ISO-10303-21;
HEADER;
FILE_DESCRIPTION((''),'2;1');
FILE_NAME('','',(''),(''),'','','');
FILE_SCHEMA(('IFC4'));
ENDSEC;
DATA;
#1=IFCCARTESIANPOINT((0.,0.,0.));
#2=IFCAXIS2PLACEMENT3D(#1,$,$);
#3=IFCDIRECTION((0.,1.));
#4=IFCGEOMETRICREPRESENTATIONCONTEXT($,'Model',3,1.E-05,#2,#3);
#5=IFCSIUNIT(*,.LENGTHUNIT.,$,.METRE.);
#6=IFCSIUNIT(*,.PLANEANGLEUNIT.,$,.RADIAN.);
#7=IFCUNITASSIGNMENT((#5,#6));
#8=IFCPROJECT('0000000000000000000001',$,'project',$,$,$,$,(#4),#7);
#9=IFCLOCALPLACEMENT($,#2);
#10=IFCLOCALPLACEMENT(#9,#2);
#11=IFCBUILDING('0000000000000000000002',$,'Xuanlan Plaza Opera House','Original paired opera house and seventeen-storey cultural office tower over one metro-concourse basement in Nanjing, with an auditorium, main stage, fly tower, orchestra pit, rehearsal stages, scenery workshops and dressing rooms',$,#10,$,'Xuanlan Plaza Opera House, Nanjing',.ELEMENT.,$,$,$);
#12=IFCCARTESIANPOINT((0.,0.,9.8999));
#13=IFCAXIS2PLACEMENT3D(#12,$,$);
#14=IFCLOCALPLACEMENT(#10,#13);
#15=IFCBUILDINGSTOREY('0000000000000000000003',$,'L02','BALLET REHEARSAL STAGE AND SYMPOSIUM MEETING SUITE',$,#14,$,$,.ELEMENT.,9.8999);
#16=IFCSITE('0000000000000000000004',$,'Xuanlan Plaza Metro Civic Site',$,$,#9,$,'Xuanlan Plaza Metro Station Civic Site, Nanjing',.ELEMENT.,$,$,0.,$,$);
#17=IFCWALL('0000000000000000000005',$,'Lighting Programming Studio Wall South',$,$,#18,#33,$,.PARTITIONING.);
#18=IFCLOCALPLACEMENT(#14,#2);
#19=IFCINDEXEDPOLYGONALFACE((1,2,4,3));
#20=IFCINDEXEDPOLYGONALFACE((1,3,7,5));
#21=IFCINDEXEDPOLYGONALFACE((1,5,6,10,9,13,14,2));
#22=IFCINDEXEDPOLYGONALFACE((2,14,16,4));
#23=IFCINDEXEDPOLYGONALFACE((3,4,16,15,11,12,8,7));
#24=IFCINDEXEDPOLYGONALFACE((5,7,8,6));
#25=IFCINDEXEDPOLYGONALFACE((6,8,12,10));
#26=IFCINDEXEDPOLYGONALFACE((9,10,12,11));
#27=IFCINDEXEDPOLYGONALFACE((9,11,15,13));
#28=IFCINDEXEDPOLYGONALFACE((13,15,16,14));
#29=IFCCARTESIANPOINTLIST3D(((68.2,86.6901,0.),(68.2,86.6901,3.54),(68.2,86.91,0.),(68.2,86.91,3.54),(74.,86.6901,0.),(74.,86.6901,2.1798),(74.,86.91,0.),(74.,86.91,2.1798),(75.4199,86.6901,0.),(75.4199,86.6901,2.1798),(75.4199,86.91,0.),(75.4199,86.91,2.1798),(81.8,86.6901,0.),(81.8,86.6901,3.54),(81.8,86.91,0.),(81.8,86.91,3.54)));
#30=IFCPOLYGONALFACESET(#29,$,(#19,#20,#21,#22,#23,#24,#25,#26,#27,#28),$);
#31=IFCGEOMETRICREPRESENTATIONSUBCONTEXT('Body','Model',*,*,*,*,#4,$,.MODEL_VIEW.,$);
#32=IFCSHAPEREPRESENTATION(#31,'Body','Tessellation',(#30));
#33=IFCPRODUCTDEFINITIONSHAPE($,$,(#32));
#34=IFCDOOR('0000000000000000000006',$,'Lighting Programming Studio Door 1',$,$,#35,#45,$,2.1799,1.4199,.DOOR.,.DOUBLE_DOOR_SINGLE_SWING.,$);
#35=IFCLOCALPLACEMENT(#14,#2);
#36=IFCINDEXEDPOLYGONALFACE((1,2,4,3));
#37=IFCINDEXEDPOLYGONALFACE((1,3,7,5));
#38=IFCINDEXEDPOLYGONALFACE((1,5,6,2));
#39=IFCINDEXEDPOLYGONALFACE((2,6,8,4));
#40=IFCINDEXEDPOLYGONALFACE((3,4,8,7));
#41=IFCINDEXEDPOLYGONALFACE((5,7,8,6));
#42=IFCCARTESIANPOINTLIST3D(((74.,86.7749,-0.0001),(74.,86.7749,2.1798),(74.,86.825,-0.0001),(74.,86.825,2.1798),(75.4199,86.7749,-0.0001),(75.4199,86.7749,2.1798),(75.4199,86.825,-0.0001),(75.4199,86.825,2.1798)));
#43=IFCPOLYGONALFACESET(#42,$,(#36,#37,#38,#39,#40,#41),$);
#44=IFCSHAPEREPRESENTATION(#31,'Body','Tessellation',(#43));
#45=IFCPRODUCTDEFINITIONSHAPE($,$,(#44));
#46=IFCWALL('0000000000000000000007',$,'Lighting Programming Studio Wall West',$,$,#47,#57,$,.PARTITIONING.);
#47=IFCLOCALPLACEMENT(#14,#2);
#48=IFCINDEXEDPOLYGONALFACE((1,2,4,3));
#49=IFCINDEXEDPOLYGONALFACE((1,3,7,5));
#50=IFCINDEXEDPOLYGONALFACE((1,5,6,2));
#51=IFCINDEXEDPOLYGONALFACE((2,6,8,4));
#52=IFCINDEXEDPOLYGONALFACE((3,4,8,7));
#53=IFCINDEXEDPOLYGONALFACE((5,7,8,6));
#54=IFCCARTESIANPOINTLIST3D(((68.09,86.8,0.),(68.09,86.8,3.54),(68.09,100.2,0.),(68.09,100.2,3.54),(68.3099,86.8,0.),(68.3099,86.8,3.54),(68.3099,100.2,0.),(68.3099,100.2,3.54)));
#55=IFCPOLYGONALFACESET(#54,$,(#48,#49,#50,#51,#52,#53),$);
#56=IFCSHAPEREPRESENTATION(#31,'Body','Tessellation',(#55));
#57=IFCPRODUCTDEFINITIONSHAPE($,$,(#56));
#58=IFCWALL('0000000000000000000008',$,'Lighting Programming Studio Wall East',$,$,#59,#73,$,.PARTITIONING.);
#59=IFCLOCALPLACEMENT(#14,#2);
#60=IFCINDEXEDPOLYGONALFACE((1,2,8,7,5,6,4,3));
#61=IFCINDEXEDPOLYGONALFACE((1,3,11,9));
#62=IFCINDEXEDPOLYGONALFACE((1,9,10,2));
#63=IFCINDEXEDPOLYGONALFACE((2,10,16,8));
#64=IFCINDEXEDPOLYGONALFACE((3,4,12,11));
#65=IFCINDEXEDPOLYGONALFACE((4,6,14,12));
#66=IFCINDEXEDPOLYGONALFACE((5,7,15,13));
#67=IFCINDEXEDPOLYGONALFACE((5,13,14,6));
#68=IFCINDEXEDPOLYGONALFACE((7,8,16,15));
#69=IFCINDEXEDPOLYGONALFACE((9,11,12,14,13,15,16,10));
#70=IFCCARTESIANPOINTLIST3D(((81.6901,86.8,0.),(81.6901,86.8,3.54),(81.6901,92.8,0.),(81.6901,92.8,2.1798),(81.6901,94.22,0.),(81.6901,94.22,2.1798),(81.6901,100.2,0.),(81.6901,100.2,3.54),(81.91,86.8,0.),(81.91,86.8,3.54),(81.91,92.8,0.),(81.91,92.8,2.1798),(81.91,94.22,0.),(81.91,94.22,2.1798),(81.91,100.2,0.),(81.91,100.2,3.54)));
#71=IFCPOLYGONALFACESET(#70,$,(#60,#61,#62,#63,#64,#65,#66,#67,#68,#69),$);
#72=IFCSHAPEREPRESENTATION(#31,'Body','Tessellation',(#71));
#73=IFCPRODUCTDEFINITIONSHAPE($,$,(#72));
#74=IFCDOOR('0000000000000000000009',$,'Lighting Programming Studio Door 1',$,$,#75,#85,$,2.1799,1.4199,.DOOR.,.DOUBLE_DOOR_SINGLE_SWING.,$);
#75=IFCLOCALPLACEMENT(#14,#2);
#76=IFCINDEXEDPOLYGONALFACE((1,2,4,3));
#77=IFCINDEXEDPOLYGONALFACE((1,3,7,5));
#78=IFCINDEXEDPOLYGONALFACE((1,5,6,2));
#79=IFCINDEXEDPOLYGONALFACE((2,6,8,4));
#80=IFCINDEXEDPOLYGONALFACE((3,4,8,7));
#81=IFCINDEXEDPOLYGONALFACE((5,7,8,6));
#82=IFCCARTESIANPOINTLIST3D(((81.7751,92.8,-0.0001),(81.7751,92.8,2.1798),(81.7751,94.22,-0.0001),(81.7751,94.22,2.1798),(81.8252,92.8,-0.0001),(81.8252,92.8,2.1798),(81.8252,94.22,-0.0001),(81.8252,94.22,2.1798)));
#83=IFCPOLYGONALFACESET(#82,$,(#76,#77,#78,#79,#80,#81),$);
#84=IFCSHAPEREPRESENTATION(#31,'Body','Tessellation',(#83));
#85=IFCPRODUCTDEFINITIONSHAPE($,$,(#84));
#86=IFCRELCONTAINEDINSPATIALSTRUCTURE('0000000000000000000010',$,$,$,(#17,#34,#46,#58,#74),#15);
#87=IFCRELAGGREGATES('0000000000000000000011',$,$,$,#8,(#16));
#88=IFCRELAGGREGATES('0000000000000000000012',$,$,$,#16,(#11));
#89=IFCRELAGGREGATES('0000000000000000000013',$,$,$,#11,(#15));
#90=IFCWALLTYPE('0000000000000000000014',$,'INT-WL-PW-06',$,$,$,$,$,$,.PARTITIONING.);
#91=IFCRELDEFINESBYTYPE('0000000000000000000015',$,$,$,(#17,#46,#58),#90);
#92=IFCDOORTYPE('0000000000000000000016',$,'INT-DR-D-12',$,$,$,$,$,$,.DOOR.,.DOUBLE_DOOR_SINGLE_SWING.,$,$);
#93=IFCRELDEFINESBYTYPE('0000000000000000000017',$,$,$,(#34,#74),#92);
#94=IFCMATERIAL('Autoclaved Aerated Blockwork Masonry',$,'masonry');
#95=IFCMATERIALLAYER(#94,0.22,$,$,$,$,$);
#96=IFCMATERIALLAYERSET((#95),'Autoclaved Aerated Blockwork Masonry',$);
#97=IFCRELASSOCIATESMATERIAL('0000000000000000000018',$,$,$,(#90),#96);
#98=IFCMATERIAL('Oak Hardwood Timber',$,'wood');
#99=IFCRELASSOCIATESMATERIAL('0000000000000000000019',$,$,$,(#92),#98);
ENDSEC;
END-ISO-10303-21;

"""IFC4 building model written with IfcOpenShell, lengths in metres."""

from ifc_helpers import new_model, si_unit, direction, frame, frame_2d, origin, place, context, subcontext, project, spatial, rectangle, extrude, material, layer, layer_set, type_object, element, fill, save


model = new_model("IFC4")

# Units and contexts
model_context = context("Model", 3, precision=1e-05, world=origin(), true_north=direction((0.0, 1.0)))
body_context = subcontext(model_context, "Body", "Model", "MODEL_VIEW")
ifc_project = project(units=[si_unit("LENGTHUNIT", "METRE"), si_unit("PLANEANGLEUNIT", "RADIAN")], contexts=[model_context])

# Site, building, storey
site_placement = place(None, origin())
site = spatial("IfcSite", under=ifc_project, at=site_placement, Name="Xuanlan Plaza Metro Civic Site", LongName="Xuanlan Plaza Metro Station Civic Site, Nanjing", CompositionType="ELEMENT", RefElevation=0.0)
building_placement = place(site_placement, origin())
building = spatial("IfcBuilding", under=site, at=building_placement, Name="Xuanlan Plaza Opera House", Description="Original paired opera house and seventeen-storey cultural office tower over one metro-concourse basement in Nanjing, with an auditorium, main stage, fly tower, orchestra pit, rehearsal stages, scenery workshops and dressing rooms", LongName="Xuanlan Plaza Opera House, Nanjing", CompositionType="ELEMENT")
storey_placement = place(building_placement, frame((0.0, 0.0, 9.8999)))
storey = spatial("IfcBuildingStorey", under=building, at=storey_placement, Name="L02", Description="BALLET REHEARSAL STAGE AND SYMPOSIUM MEETING SUITE", CompositionType="ELEMENT", Elevation=9.8999)

# Wall, opening, door
ifc_material_1 = material(Name="Autoclaved Aerated Blockwork Masonry", Category="masonry")
ifc_layer_1 = layer(ifc_material_1, 0.22)
ifc_layer_set_1 = layer_set([ifc_layer_1], Name="Autoclaved Aerated Blockwork Masonry")
wall_type_1 = type_object("IfcWallType", Name="INT-WL-PW-06", PredefinedType="PARTITIONING", material=ifc_layer_set_1)
wall_1_placement = place(storey_placement, frame((68.2, 86.8, 0.0), z_axis=(0.0, 0.0, 1.0), x_axis=(1.0, 0.0, 0.0)))
wall_1 = element("IfcWall", 1, at=wall_1_placement, inside=storey, type_object=wall_type_1, Name="Lighting Programming Studio Wall South", PredefinedType="PARTITIONING", context=body_context, shape_type="SweptSolid", body=[
    extrude(rectangle(XDim=13.6001, YDim=0.22, at=frame_2d((6.8, 0.0))), origin(), (0.0, 0.0, 1.0), 3.54),
])
opening_1_placement = place(wall_1_placement, frame((5.8, 0.0, 0.0)))
opening_1 = element("IfcOpeningElement", 2, at=opening_1_placement, cuts=wall_1, PredefinedType="OPENING", context=body_context, shape_type="SweptSolid", body=[
    extrude(rectangle(XDim=1.4199, YDim=2.1799, at=frame_2d((0.71, 1.0898))), frame((0.0, 0.1199, 0.0), z_axis=(0.0, -1.0, 0.0), x_axis=(1.0, 0.0, 0.0)), (0.0, 0.0, 1.0), 0.24),
])
ifc_material_2 = material(Name="Oak Hardwood Timber", Category="wood")
door_type = type_object("IfcDoorType", Name="INT-DR-D-12", OperationType="DOUBLE_DOOR_SINGLE_SWING", PredefinedType="DOOR", material=ifc_material_2)
door_1_placement = place(opening_1_placement, origin())
door_1 = element("IfcDoor", 3, at=door_1_placement, inside=storey, type_object=door_type, Name="Lighting Programming Studio Door 1", OperationType="DOUBLE_DOOR_SINGLE_SWING", OverallHeight=2.1799, OverallWidth=1.4199, PredefinedType="DOOR", context=body_context, shape_type="SweptSolid", body=[
    extrude(rectangle(XDim=1.4199, YDim=2.1799, at=frame_2d((0.71, 1.0898))), frame((0.0, 0.0249, 0.0), z_axis=(0.0, -1.0, 0.0), x_axis=(1.0, 0.0, 0.0)), (0.0, 0.0, 1.0), 0.05),
])
fill(opening_1, door_1)

# Wall
wall_2_placement = place(storey_placement, frame((68.2, 86.8, 0.0), z_axis=(0.0, 0.0, 1.0), x_axis=(0.0, 1.0, 0.0)))
element("IfcWall", 4, at=wall_2_placement, inside=storey, type_object=wall_type_1, Name="Lighting Programming Studio Wall West", PredefinedType="PARTITIONING", context=body_context, shape_type="SweptSolid", body=[
    extrude(rectangle(XDim=13.3999, YDim=0.22, at=frame_2d((6.7, 0.0))), origin(), (0.0, 0.0, 1.0), 3.54),
])

# Wall, opening, door
wall_3_placement = place(storey_placement, frame((81.8, 86.8, 0.0), z_axis=(0.0, 0.0, 1.0), x_axis=(0.0, 1.0, 0.0)))
wall_3 = element("IfcWall", 5, at=wall_3_placement, inside=storey, type_object=wall_type_1, Name="Lighting Programming Studio Wall East", PredefinedType="PARTITIONING", context=body_context, shape_type="SweptSolid", body=[
    extrude(rectangle(XDim=13.3999, YDim=0.22, at=frame_2d((6.7, 0.0))), origin(), (0.0, 0.0, 1.0), 3.54),
])
opening_2_placement = place(wall_3_placement, frame((6.0, 0.0, 0.0)))
opening_2 = element("IfcOpeningElement", 6, at=opening_2_placement, cuts=wall_3, PredefinedType="OPENING", context=body_context, shape_type="SweptSolid", body=[
    extrude(rectangle(XDim=1.4199, YDim=2.1799, at=frame_2d((0.71, 1.0898))), frame((0.0, 0.1199, 0.0), z_axis=(0.0, -1.0, 0.0), x_axis=(1.0, 0.0, 0.0)), (0.0, 0.0, 1.0), 0.24),
])
door_2_placement = place(opening_2_placement, origin())
door_2 = element("IfcDoor", 7, at=door_2_placement, inside=storey, type_object=door_type, Name="Lighting Programming Studio Door 1", OperationType="DOUBLE_DOOR_SINGLE_SWING", OverallHeight=2.1799, OverallWidth=1.4199, PredefinedType="DOOR", context=body_context, shape_type="SweptSolid", body=[
    extrude(rectangle(XDim=1.4199, YDim=2.1799, at=frame_2d((0.71, 1.0898))), frame((0.0, 0.0249, 0.0), z_axis=(0.0, -1.0, 0.0), x_axis=(1.0, 0.0, 0.0)), (0.0, 0.0, 1.0), 0.05),
])
fill(opening_2, door_2)

save(model, "model.ifc")
